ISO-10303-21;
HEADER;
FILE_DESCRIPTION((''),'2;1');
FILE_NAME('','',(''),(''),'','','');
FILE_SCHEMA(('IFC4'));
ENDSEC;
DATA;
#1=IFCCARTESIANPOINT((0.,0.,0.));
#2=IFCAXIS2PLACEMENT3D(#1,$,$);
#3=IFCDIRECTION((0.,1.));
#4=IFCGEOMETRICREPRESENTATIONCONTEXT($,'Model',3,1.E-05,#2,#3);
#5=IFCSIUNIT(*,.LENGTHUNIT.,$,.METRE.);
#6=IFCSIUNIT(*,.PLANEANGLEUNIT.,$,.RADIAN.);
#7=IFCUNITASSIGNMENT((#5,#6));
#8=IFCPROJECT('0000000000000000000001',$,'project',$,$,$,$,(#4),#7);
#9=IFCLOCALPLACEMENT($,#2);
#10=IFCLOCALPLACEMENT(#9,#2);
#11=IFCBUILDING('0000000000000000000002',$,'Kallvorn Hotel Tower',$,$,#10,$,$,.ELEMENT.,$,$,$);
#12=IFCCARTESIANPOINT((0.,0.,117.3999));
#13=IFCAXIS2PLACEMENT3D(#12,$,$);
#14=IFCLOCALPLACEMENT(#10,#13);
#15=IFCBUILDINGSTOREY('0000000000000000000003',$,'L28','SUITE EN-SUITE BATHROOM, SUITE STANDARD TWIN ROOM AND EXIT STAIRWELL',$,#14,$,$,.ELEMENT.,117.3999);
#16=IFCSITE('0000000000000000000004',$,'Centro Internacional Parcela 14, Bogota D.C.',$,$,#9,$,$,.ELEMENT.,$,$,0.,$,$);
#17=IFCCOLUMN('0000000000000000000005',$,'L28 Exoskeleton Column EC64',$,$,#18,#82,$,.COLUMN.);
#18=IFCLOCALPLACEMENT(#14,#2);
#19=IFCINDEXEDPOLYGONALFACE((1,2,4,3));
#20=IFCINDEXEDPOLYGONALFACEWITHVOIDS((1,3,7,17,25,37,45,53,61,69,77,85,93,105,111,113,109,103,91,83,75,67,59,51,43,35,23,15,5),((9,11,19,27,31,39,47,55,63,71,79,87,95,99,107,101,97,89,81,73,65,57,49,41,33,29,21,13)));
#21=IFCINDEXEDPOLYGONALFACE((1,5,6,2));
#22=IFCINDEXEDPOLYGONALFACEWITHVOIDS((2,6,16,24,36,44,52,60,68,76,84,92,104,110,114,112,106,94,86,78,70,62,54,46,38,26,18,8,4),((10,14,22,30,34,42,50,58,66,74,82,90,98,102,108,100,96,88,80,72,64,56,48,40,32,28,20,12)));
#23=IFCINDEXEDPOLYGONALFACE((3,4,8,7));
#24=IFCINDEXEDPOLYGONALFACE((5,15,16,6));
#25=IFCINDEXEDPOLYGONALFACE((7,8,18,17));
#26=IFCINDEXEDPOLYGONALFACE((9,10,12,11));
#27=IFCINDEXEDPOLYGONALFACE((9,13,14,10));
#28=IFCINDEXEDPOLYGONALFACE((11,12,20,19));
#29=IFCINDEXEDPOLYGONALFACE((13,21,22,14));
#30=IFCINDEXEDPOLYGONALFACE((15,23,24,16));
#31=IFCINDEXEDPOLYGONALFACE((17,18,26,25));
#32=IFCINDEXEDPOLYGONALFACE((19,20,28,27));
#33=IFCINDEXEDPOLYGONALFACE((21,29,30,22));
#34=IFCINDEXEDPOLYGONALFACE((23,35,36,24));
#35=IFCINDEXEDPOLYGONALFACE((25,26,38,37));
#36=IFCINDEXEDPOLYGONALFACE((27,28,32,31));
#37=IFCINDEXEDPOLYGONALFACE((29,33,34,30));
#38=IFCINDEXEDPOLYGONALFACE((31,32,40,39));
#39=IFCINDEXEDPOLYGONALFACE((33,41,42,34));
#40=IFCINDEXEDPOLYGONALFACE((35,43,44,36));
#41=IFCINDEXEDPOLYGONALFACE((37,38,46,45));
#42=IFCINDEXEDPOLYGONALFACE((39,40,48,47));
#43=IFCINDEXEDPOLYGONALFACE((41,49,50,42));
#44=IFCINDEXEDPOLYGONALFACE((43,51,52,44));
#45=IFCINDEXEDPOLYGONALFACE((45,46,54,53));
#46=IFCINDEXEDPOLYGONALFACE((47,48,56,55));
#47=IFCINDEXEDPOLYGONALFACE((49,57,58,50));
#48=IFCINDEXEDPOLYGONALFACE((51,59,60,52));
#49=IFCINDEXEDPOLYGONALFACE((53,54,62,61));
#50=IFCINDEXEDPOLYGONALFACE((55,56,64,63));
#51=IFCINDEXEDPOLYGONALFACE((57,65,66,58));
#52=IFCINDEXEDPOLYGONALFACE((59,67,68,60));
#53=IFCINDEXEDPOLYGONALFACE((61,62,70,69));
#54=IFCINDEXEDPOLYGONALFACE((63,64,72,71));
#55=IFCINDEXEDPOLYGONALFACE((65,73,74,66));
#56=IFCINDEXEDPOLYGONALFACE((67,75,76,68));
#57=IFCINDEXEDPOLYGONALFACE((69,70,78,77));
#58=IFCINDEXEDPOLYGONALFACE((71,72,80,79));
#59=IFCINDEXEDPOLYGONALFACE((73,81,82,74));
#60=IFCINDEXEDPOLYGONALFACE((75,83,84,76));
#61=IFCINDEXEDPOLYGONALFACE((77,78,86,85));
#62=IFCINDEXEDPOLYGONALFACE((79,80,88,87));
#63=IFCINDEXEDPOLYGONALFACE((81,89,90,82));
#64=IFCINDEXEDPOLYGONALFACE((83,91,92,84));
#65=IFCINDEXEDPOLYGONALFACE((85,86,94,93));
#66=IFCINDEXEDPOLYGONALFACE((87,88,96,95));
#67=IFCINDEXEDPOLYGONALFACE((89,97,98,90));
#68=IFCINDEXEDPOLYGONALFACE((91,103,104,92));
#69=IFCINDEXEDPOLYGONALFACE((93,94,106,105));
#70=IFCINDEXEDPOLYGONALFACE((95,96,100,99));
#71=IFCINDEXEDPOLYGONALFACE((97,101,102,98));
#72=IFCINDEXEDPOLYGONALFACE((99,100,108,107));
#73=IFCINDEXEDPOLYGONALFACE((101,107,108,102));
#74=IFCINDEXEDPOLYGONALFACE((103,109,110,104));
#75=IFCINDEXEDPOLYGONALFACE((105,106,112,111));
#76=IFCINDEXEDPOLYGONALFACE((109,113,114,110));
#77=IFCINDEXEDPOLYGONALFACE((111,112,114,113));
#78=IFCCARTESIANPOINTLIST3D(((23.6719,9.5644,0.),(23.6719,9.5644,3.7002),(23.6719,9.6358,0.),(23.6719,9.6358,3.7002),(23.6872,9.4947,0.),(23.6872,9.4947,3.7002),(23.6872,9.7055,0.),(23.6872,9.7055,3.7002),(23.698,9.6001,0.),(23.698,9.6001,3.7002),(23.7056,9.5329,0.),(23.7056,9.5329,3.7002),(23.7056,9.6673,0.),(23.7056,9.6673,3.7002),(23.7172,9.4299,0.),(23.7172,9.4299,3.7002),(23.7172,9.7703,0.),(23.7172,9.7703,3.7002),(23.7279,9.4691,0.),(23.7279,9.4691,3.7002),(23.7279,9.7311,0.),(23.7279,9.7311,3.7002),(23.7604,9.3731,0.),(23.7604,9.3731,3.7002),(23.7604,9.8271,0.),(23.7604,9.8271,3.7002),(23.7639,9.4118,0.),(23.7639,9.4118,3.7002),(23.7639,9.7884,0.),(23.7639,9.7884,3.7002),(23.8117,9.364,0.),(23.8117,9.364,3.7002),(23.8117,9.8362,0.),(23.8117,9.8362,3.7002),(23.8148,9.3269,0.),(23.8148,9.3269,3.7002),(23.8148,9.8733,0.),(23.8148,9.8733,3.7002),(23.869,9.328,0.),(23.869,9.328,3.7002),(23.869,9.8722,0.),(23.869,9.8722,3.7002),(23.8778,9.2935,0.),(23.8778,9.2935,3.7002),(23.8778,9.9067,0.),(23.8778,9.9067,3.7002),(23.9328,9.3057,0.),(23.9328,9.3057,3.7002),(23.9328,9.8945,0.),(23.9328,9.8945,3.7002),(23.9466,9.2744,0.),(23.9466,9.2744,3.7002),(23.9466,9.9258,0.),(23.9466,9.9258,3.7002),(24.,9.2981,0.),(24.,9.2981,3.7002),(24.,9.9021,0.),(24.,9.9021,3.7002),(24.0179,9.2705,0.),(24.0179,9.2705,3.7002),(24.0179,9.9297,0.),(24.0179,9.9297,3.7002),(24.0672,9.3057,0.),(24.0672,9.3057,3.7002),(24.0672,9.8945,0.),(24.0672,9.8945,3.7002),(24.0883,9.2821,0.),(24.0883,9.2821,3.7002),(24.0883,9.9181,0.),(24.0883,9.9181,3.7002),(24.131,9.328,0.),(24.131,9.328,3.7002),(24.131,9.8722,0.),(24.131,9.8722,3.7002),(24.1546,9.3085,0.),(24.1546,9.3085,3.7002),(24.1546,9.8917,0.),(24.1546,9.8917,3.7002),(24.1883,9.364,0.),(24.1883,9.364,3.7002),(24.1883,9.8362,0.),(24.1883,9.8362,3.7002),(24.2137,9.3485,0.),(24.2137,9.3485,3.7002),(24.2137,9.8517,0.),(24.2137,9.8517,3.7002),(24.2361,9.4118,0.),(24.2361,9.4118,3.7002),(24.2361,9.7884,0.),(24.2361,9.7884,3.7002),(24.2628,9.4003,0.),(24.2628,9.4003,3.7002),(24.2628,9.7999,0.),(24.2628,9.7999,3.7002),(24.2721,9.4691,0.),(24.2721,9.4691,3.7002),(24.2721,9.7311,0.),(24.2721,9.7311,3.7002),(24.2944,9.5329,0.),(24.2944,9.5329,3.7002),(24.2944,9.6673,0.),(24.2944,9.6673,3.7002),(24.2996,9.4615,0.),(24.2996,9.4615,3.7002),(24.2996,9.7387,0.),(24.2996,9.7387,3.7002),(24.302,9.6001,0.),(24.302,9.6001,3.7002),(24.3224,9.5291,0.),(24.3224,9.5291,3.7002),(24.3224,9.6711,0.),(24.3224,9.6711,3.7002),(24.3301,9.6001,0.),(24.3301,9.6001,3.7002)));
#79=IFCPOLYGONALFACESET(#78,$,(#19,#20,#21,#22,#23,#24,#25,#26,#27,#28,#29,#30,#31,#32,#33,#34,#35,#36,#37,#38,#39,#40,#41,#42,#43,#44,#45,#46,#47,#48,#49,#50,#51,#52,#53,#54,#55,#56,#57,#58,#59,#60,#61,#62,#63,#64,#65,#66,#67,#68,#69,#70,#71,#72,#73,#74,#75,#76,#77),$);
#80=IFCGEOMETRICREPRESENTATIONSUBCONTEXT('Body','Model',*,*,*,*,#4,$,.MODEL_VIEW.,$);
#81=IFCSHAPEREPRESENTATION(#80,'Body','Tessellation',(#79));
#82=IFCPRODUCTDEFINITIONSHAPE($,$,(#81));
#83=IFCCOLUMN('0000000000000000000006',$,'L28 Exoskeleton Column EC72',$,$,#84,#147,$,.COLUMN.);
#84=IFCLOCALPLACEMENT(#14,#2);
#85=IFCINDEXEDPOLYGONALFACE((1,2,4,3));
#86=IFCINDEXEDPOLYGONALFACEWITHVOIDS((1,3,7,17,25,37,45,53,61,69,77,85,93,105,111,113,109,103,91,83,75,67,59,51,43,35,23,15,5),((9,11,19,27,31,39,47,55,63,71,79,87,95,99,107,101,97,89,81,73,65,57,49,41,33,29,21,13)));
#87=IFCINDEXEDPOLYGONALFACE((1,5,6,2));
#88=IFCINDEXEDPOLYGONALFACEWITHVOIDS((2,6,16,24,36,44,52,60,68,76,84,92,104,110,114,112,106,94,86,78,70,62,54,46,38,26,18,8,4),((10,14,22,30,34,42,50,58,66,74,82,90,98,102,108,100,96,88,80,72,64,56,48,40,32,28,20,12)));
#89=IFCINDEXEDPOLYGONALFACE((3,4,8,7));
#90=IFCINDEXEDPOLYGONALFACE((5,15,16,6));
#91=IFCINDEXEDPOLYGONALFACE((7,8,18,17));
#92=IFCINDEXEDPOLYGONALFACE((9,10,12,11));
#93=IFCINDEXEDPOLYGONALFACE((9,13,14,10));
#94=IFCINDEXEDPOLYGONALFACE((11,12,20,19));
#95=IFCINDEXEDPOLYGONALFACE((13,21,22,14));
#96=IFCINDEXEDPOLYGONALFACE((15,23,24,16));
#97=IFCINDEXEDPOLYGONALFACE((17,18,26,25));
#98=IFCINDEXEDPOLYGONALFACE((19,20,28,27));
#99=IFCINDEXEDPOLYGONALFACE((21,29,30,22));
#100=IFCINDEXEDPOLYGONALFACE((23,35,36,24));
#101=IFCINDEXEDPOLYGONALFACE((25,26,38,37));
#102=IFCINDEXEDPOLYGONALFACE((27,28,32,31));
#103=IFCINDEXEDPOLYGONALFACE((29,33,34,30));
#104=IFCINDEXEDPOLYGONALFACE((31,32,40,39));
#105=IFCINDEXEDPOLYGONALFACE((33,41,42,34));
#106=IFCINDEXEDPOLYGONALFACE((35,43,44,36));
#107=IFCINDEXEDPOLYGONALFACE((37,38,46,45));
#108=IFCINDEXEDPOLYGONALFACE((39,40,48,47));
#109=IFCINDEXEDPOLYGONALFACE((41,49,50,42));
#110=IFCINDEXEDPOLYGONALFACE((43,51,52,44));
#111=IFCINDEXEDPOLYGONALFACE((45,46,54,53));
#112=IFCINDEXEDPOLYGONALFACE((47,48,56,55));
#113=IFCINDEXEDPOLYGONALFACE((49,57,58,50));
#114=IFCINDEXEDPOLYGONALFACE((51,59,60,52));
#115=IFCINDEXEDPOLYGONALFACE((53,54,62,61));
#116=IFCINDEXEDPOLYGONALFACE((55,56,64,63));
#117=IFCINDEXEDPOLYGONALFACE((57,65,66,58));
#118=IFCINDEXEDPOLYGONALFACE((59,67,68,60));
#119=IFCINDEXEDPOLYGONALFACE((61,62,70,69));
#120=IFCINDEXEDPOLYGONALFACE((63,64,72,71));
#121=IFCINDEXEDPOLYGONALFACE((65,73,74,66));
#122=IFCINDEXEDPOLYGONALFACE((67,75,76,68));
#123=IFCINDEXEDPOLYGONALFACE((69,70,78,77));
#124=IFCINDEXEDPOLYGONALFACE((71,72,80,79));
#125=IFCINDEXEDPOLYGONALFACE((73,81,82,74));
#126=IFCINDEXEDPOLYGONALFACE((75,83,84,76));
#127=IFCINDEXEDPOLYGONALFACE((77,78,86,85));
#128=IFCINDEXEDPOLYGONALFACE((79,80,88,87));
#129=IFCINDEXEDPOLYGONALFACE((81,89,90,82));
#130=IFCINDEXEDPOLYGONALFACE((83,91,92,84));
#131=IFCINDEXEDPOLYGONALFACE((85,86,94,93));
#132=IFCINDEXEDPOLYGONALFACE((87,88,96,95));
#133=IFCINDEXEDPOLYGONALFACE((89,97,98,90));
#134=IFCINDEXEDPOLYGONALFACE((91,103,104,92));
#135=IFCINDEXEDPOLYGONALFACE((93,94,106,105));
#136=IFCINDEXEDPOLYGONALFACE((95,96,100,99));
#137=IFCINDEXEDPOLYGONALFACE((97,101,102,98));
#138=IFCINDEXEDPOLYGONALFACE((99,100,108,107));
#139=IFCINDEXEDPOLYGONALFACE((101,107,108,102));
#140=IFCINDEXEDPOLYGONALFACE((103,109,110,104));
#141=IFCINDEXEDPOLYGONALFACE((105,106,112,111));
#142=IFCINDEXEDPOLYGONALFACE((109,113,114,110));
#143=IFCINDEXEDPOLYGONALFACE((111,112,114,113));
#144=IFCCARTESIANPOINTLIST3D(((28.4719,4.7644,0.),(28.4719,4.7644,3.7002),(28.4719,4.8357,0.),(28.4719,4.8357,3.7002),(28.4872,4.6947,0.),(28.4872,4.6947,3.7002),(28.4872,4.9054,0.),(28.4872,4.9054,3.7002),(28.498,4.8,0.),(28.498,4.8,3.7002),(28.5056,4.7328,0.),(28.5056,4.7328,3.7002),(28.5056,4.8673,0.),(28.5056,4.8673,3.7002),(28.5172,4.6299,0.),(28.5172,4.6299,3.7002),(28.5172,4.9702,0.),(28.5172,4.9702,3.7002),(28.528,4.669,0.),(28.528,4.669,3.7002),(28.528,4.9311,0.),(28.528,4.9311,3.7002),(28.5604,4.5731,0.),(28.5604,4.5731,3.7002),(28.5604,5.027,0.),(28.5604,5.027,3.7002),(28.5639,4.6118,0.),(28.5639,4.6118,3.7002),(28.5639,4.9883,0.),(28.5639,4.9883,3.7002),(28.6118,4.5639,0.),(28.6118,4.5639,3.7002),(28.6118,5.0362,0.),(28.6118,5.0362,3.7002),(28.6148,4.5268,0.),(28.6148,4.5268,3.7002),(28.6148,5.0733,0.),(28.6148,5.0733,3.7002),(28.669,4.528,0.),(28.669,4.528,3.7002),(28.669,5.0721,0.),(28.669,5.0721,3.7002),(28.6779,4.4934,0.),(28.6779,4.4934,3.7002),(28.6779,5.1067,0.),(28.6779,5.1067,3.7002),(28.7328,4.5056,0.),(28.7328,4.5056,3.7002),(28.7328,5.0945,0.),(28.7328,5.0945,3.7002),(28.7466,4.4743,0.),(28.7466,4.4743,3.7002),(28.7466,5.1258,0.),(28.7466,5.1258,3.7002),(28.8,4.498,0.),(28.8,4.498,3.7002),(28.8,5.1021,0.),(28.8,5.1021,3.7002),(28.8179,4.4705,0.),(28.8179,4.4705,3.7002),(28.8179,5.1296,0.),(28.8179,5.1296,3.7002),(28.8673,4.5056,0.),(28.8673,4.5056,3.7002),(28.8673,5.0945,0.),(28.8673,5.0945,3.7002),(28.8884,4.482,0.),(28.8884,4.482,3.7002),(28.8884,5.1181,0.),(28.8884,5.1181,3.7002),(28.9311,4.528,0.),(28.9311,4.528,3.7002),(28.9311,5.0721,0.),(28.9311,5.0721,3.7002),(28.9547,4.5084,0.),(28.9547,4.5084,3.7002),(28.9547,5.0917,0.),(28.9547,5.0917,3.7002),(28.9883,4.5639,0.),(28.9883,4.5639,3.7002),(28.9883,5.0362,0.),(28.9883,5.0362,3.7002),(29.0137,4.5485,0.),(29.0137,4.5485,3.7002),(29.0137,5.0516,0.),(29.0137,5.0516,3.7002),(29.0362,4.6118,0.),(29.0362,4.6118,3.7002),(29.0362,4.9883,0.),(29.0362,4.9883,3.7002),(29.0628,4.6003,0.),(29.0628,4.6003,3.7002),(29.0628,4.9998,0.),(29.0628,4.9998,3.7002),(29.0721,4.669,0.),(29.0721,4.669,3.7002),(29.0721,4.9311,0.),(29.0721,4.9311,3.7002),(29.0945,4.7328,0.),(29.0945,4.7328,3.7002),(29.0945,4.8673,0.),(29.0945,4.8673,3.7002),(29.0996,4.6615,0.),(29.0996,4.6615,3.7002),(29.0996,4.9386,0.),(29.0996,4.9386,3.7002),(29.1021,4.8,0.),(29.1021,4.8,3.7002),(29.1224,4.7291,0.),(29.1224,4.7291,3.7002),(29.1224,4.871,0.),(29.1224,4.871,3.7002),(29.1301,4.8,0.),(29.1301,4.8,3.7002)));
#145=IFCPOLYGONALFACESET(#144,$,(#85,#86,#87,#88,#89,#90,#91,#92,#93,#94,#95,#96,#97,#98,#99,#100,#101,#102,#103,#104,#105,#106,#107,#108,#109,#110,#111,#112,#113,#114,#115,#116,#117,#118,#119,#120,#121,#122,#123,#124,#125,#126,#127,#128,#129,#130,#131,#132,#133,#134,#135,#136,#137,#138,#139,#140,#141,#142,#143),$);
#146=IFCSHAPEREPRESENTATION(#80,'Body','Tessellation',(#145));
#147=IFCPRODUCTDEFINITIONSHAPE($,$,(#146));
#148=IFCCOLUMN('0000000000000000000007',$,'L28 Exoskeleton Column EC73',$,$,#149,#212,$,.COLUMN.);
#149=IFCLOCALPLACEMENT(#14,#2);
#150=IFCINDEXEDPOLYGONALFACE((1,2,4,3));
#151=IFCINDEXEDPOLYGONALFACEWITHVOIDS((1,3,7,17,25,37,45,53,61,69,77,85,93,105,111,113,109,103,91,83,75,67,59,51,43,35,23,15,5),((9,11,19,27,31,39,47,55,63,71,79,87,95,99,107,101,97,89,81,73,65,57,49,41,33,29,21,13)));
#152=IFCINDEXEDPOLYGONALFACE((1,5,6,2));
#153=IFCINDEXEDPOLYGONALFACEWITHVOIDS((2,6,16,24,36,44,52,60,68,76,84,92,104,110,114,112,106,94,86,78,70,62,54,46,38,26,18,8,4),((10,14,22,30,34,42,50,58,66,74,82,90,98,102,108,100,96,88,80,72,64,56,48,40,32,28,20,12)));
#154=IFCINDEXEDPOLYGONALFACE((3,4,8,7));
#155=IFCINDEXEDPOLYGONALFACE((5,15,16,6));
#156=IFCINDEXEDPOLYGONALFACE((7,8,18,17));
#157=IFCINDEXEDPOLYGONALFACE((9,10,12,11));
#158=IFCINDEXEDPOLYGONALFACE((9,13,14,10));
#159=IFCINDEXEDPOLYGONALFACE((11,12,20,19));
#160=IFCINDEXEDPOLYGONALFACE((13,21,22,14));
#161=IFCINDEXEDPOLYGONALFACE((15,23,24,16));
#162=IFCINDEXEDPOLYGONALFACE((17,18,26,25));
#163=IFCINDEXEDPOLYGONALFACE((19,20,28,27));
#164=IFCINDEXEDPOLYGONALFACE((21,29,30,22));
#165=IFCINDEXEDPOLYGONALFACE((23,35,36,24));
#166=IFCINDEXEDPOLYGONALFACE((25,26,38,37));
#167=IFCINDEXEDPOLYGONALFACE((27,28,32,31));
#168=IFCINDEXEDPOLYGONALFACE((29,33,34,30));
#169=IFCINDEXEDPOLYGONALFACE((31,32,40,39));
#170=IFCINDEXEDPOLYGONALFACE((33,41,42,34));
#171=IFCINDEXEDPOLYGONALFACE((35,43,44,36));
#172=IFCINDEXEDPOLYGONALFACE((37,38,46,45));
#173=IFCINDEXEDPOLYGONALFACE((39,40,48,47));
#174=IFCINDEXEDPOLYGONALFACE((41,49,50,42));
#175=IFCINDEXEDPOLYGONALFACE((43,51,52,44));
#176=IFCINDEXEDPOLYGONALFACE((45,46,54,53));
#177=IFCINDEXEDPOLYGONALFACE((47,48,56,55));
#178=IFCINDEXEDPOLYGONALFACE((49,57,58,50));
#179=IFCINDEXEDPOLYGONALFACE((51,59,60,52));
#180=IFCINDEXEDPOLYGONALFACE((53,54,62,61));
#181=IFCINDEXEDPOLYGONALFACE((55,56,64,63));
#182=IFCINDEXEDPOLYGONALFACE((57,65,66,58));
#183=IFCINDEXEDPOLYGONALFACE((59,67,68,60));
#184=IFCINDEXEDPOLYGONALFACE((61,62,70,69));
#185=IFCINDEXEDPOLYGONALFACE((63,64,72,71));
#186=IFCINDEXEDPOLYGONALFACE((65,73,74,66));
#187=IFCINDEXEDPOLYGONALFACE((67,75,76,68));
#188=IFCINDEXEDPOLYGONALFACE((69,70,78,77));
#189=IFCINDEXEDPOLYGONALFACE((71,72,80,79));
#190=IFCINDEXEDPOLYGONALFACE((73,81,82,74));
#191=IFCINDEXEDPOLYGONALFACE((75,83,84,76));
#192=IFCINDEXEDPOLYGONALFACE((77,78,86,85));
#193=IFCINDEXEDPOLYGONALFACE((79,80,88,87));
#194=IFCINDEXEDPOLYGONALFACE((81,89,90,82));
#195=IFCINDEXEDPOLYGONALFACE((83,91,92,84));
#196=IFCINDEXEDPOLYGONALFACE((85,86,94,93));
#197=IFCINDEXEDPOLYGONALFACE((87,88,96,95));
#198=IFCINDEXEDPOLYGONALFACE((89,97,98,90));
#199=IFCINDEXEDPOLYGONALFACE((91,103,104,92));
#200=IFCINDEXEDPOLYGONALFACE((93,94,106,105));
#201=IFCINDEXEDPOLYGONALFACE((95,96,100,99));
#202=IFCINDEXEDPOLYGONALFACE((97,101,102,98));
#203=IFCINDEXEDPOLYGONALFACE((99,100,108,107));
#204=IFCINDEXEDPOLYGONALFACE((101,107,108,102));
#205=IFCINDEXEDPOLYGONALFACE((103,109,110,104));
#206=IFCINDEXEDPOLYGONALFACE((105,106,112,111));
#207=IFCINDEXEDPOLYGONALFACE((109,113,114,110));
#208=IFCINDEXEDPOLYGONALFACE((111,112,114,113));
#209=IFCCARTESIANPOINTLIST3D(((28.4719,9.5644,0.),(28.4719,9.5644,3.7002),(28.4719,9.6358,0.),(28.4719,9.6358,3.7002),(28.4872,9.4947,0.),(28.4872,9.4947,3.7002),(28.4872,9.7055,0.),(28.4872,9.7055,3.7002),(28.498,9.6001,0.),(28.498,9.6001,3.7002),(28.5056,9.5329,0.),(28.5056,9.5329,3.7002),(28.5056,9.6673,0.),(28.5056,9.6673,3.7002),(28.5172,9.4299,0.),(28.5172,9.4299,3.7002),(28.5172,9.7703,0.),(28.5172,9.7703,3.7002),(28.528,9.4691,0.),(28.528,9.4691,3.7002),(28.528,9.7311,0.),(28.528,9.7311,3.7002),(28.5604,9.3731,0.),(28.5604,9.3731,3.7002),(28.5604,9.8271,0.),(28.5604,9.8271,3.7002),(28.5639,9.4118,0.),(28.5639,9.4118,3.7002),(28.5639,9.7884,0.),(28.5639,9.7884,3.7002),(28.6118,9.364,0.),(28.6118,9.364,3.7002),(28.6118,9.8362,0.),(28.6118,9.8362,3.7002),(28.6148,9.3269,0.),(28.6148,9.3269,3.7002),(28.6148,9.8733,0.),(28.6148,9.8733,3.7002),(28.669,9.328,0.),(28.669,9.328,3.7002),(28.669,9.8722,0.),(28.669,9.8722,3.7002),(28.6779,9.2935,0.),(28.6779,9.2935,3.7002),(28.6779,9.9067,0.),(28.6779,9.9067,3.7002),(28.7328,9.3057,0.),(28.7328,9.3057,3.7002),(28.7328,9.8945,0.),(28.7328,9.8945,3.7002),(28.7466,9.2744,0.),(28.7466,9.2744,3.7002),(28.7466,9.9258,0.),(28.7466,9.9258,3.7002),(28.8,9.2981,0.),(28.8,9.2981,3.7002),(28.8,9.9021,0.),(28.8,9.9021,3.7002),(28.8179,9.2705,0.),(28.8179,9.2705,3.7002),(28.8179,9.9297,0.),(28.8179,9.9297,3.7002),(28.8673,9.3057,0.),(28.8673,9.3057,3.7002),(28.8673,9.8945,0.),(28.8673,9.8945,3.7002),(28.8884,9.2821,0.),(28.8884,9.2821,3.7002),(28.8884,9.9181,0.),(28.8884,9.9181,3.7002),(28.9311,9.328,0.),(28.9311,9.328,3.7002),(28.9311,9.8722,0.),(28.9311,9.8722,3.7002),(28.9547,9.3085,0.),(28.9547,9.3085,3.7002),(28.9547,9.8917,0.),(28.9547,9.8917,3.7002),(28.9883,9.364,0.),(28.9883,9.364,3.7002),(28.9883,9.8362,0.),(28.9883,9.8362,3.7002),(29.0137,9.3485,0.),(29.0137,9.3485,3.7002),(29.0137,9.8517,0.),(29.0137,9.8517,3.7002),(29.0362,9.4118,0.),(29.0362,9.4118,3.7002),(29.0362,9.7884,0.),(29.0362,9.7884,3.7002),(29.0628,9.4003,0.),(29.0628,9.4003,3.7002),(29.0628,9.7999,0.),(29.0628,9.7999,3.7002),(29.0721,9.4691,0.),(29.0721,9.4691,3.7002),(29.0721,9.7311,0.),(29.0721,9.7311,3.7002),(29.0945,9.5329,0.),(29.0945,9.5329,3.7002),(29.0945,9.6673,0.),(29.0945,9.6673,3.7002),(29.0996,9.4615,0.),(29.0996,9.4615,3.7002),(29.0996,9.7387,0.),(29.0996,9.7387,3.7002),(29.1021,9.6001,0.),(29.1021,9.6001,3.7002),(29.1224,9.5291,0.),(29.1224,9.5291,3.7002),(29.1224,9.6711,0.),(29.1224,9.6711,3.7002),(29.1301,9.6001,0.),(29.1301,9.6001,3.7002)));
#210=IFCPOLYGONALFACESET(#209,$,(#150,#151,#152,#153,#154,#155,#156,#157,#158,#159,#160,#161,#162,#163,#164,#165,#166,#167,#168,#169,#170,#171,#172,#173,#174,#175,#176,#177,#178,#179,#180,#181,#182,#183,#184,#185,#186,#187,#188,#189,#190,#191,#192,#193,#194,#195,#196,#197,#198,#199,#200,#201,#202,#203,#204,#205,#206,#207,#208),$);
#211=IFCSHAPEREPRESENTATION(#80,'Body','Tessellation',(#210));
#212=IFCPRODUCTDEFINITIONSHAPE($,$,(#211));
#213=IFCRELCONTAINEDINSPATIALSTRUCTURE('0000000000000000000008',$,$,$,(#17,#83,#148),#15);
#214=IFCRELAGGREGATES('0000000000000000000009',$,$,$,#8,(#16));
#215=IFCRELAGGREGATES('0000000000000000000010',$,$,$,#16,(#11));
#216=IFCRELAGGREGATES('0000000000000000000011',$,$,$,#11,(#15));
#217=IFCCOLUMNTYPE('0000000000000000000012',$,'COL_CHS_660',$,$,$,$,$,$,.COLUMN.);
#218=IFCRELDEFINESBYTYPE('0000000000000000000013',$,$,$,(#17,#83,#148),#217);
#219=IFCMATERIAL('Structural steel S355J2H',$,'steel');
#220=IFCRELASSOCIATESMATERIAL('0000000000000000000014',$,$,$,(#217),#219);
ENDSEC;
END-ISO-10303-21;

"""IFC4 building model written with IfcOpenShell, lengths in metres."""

from ifc_helpers import new_model, si_unit, direction, frame, origin, origin_2d, place, context, subcontext, project, spatial, hollow_circle, extrude, material, material_profile, profile_set, type_object, element, save


model = new_model("IFC4")

# Units and contexts
model_context = context("Model", 3, precision=1e-05, world=origin(), true_north=direction((0.0, 1.0)))
body_context = subcontext(model_context, "Body", "Model", "MODEL_VIEW")
ifc_project = project(units=[si_unit("LENGTHUNIT", "METRE"), si_unit("PLANEANGLEUNIT", "RADIAN")], contexts=[model_context])

# Site, building, storey
site_placement = place(None, origin())
site = spatial("IfcSite", under=ifc_project, at=site_placement, Name="Centro Internacional Parcela 14, Bogota D.C.", CompositionType="ELEMENT", RefElevation=0.0)
building_placement = place(site_placement, origin())
building = spatial("IfcBuilding", under=site, at=building_placement, Name="Kallvorn Hotel Tower", CompositionType="ELEMENT")
storey_placement = place(building_placement, frame((0.0, 0.0, 117.3999)))
storey = spatial("IfcBuildingStorey", under=building, at=storey_placement, Name="L28", Description="SUITE EN-SUITE BATHROOM, SUITE STANDARD TWIN ROOM AND EXIT STAIRWELL", CompositionType="ELEMENT", Elevation=117.3999)

# Columns
ifc_material_1 = material(Name="Structural steel S355J2H", Category="steel")
ifc_material_profile_1 = material_profile(ifc_material_1, hollow_circle(Radius=0.3301, WallThickness=0.0281, at=origin_2d()), Name="CHS 660x28")
ifc_profile_set_1 = profile_set([ifc_material_profile_1], Name="Structural steel S355J2H")
column_type_1 = type_object("IfcColumnType", Name="COL_CHS_660", PredefinedType="COLUMN", material=ifc_profile_set_1)
for number, where, z_axis, x_axis, name in (
    (1, (24.0, 9.6001, 0.0), (0.0, 0.0, 1.0), (1.0, 0.0, 0.0), "L28 Exoskeleton Column EC64"),
    (2, (28.8, 4.8, 0.0), (0.0, 0.0, 1.0), (1.0, 0.0, 0.0), "L28 Exoskeleton Column EC72"),
    (3, (28.8, 9.6001, 0.0), (0.0, 0.0, 1.0), (1.0, 0.0, 0.0), "L28 Exoskeleton Column EC73"),
):
    element("IfcColumn", number, at=place(storey_placement, frame(where, z_axis=z_axis, x_axis=x_axis)), inside=storey, type_object=column_type_1, Name=name, PredefinedType="COLUMN", context=body_context, shape_type="SweptSolid", body=[
        extrude(hollow_circle(Radius=0.3301, WallThickness=0.0281, at=origin_2d()), origin(), (0.0, 0.0, 1.0), 3.7002),
    ])

save(model, "model.ifc")
